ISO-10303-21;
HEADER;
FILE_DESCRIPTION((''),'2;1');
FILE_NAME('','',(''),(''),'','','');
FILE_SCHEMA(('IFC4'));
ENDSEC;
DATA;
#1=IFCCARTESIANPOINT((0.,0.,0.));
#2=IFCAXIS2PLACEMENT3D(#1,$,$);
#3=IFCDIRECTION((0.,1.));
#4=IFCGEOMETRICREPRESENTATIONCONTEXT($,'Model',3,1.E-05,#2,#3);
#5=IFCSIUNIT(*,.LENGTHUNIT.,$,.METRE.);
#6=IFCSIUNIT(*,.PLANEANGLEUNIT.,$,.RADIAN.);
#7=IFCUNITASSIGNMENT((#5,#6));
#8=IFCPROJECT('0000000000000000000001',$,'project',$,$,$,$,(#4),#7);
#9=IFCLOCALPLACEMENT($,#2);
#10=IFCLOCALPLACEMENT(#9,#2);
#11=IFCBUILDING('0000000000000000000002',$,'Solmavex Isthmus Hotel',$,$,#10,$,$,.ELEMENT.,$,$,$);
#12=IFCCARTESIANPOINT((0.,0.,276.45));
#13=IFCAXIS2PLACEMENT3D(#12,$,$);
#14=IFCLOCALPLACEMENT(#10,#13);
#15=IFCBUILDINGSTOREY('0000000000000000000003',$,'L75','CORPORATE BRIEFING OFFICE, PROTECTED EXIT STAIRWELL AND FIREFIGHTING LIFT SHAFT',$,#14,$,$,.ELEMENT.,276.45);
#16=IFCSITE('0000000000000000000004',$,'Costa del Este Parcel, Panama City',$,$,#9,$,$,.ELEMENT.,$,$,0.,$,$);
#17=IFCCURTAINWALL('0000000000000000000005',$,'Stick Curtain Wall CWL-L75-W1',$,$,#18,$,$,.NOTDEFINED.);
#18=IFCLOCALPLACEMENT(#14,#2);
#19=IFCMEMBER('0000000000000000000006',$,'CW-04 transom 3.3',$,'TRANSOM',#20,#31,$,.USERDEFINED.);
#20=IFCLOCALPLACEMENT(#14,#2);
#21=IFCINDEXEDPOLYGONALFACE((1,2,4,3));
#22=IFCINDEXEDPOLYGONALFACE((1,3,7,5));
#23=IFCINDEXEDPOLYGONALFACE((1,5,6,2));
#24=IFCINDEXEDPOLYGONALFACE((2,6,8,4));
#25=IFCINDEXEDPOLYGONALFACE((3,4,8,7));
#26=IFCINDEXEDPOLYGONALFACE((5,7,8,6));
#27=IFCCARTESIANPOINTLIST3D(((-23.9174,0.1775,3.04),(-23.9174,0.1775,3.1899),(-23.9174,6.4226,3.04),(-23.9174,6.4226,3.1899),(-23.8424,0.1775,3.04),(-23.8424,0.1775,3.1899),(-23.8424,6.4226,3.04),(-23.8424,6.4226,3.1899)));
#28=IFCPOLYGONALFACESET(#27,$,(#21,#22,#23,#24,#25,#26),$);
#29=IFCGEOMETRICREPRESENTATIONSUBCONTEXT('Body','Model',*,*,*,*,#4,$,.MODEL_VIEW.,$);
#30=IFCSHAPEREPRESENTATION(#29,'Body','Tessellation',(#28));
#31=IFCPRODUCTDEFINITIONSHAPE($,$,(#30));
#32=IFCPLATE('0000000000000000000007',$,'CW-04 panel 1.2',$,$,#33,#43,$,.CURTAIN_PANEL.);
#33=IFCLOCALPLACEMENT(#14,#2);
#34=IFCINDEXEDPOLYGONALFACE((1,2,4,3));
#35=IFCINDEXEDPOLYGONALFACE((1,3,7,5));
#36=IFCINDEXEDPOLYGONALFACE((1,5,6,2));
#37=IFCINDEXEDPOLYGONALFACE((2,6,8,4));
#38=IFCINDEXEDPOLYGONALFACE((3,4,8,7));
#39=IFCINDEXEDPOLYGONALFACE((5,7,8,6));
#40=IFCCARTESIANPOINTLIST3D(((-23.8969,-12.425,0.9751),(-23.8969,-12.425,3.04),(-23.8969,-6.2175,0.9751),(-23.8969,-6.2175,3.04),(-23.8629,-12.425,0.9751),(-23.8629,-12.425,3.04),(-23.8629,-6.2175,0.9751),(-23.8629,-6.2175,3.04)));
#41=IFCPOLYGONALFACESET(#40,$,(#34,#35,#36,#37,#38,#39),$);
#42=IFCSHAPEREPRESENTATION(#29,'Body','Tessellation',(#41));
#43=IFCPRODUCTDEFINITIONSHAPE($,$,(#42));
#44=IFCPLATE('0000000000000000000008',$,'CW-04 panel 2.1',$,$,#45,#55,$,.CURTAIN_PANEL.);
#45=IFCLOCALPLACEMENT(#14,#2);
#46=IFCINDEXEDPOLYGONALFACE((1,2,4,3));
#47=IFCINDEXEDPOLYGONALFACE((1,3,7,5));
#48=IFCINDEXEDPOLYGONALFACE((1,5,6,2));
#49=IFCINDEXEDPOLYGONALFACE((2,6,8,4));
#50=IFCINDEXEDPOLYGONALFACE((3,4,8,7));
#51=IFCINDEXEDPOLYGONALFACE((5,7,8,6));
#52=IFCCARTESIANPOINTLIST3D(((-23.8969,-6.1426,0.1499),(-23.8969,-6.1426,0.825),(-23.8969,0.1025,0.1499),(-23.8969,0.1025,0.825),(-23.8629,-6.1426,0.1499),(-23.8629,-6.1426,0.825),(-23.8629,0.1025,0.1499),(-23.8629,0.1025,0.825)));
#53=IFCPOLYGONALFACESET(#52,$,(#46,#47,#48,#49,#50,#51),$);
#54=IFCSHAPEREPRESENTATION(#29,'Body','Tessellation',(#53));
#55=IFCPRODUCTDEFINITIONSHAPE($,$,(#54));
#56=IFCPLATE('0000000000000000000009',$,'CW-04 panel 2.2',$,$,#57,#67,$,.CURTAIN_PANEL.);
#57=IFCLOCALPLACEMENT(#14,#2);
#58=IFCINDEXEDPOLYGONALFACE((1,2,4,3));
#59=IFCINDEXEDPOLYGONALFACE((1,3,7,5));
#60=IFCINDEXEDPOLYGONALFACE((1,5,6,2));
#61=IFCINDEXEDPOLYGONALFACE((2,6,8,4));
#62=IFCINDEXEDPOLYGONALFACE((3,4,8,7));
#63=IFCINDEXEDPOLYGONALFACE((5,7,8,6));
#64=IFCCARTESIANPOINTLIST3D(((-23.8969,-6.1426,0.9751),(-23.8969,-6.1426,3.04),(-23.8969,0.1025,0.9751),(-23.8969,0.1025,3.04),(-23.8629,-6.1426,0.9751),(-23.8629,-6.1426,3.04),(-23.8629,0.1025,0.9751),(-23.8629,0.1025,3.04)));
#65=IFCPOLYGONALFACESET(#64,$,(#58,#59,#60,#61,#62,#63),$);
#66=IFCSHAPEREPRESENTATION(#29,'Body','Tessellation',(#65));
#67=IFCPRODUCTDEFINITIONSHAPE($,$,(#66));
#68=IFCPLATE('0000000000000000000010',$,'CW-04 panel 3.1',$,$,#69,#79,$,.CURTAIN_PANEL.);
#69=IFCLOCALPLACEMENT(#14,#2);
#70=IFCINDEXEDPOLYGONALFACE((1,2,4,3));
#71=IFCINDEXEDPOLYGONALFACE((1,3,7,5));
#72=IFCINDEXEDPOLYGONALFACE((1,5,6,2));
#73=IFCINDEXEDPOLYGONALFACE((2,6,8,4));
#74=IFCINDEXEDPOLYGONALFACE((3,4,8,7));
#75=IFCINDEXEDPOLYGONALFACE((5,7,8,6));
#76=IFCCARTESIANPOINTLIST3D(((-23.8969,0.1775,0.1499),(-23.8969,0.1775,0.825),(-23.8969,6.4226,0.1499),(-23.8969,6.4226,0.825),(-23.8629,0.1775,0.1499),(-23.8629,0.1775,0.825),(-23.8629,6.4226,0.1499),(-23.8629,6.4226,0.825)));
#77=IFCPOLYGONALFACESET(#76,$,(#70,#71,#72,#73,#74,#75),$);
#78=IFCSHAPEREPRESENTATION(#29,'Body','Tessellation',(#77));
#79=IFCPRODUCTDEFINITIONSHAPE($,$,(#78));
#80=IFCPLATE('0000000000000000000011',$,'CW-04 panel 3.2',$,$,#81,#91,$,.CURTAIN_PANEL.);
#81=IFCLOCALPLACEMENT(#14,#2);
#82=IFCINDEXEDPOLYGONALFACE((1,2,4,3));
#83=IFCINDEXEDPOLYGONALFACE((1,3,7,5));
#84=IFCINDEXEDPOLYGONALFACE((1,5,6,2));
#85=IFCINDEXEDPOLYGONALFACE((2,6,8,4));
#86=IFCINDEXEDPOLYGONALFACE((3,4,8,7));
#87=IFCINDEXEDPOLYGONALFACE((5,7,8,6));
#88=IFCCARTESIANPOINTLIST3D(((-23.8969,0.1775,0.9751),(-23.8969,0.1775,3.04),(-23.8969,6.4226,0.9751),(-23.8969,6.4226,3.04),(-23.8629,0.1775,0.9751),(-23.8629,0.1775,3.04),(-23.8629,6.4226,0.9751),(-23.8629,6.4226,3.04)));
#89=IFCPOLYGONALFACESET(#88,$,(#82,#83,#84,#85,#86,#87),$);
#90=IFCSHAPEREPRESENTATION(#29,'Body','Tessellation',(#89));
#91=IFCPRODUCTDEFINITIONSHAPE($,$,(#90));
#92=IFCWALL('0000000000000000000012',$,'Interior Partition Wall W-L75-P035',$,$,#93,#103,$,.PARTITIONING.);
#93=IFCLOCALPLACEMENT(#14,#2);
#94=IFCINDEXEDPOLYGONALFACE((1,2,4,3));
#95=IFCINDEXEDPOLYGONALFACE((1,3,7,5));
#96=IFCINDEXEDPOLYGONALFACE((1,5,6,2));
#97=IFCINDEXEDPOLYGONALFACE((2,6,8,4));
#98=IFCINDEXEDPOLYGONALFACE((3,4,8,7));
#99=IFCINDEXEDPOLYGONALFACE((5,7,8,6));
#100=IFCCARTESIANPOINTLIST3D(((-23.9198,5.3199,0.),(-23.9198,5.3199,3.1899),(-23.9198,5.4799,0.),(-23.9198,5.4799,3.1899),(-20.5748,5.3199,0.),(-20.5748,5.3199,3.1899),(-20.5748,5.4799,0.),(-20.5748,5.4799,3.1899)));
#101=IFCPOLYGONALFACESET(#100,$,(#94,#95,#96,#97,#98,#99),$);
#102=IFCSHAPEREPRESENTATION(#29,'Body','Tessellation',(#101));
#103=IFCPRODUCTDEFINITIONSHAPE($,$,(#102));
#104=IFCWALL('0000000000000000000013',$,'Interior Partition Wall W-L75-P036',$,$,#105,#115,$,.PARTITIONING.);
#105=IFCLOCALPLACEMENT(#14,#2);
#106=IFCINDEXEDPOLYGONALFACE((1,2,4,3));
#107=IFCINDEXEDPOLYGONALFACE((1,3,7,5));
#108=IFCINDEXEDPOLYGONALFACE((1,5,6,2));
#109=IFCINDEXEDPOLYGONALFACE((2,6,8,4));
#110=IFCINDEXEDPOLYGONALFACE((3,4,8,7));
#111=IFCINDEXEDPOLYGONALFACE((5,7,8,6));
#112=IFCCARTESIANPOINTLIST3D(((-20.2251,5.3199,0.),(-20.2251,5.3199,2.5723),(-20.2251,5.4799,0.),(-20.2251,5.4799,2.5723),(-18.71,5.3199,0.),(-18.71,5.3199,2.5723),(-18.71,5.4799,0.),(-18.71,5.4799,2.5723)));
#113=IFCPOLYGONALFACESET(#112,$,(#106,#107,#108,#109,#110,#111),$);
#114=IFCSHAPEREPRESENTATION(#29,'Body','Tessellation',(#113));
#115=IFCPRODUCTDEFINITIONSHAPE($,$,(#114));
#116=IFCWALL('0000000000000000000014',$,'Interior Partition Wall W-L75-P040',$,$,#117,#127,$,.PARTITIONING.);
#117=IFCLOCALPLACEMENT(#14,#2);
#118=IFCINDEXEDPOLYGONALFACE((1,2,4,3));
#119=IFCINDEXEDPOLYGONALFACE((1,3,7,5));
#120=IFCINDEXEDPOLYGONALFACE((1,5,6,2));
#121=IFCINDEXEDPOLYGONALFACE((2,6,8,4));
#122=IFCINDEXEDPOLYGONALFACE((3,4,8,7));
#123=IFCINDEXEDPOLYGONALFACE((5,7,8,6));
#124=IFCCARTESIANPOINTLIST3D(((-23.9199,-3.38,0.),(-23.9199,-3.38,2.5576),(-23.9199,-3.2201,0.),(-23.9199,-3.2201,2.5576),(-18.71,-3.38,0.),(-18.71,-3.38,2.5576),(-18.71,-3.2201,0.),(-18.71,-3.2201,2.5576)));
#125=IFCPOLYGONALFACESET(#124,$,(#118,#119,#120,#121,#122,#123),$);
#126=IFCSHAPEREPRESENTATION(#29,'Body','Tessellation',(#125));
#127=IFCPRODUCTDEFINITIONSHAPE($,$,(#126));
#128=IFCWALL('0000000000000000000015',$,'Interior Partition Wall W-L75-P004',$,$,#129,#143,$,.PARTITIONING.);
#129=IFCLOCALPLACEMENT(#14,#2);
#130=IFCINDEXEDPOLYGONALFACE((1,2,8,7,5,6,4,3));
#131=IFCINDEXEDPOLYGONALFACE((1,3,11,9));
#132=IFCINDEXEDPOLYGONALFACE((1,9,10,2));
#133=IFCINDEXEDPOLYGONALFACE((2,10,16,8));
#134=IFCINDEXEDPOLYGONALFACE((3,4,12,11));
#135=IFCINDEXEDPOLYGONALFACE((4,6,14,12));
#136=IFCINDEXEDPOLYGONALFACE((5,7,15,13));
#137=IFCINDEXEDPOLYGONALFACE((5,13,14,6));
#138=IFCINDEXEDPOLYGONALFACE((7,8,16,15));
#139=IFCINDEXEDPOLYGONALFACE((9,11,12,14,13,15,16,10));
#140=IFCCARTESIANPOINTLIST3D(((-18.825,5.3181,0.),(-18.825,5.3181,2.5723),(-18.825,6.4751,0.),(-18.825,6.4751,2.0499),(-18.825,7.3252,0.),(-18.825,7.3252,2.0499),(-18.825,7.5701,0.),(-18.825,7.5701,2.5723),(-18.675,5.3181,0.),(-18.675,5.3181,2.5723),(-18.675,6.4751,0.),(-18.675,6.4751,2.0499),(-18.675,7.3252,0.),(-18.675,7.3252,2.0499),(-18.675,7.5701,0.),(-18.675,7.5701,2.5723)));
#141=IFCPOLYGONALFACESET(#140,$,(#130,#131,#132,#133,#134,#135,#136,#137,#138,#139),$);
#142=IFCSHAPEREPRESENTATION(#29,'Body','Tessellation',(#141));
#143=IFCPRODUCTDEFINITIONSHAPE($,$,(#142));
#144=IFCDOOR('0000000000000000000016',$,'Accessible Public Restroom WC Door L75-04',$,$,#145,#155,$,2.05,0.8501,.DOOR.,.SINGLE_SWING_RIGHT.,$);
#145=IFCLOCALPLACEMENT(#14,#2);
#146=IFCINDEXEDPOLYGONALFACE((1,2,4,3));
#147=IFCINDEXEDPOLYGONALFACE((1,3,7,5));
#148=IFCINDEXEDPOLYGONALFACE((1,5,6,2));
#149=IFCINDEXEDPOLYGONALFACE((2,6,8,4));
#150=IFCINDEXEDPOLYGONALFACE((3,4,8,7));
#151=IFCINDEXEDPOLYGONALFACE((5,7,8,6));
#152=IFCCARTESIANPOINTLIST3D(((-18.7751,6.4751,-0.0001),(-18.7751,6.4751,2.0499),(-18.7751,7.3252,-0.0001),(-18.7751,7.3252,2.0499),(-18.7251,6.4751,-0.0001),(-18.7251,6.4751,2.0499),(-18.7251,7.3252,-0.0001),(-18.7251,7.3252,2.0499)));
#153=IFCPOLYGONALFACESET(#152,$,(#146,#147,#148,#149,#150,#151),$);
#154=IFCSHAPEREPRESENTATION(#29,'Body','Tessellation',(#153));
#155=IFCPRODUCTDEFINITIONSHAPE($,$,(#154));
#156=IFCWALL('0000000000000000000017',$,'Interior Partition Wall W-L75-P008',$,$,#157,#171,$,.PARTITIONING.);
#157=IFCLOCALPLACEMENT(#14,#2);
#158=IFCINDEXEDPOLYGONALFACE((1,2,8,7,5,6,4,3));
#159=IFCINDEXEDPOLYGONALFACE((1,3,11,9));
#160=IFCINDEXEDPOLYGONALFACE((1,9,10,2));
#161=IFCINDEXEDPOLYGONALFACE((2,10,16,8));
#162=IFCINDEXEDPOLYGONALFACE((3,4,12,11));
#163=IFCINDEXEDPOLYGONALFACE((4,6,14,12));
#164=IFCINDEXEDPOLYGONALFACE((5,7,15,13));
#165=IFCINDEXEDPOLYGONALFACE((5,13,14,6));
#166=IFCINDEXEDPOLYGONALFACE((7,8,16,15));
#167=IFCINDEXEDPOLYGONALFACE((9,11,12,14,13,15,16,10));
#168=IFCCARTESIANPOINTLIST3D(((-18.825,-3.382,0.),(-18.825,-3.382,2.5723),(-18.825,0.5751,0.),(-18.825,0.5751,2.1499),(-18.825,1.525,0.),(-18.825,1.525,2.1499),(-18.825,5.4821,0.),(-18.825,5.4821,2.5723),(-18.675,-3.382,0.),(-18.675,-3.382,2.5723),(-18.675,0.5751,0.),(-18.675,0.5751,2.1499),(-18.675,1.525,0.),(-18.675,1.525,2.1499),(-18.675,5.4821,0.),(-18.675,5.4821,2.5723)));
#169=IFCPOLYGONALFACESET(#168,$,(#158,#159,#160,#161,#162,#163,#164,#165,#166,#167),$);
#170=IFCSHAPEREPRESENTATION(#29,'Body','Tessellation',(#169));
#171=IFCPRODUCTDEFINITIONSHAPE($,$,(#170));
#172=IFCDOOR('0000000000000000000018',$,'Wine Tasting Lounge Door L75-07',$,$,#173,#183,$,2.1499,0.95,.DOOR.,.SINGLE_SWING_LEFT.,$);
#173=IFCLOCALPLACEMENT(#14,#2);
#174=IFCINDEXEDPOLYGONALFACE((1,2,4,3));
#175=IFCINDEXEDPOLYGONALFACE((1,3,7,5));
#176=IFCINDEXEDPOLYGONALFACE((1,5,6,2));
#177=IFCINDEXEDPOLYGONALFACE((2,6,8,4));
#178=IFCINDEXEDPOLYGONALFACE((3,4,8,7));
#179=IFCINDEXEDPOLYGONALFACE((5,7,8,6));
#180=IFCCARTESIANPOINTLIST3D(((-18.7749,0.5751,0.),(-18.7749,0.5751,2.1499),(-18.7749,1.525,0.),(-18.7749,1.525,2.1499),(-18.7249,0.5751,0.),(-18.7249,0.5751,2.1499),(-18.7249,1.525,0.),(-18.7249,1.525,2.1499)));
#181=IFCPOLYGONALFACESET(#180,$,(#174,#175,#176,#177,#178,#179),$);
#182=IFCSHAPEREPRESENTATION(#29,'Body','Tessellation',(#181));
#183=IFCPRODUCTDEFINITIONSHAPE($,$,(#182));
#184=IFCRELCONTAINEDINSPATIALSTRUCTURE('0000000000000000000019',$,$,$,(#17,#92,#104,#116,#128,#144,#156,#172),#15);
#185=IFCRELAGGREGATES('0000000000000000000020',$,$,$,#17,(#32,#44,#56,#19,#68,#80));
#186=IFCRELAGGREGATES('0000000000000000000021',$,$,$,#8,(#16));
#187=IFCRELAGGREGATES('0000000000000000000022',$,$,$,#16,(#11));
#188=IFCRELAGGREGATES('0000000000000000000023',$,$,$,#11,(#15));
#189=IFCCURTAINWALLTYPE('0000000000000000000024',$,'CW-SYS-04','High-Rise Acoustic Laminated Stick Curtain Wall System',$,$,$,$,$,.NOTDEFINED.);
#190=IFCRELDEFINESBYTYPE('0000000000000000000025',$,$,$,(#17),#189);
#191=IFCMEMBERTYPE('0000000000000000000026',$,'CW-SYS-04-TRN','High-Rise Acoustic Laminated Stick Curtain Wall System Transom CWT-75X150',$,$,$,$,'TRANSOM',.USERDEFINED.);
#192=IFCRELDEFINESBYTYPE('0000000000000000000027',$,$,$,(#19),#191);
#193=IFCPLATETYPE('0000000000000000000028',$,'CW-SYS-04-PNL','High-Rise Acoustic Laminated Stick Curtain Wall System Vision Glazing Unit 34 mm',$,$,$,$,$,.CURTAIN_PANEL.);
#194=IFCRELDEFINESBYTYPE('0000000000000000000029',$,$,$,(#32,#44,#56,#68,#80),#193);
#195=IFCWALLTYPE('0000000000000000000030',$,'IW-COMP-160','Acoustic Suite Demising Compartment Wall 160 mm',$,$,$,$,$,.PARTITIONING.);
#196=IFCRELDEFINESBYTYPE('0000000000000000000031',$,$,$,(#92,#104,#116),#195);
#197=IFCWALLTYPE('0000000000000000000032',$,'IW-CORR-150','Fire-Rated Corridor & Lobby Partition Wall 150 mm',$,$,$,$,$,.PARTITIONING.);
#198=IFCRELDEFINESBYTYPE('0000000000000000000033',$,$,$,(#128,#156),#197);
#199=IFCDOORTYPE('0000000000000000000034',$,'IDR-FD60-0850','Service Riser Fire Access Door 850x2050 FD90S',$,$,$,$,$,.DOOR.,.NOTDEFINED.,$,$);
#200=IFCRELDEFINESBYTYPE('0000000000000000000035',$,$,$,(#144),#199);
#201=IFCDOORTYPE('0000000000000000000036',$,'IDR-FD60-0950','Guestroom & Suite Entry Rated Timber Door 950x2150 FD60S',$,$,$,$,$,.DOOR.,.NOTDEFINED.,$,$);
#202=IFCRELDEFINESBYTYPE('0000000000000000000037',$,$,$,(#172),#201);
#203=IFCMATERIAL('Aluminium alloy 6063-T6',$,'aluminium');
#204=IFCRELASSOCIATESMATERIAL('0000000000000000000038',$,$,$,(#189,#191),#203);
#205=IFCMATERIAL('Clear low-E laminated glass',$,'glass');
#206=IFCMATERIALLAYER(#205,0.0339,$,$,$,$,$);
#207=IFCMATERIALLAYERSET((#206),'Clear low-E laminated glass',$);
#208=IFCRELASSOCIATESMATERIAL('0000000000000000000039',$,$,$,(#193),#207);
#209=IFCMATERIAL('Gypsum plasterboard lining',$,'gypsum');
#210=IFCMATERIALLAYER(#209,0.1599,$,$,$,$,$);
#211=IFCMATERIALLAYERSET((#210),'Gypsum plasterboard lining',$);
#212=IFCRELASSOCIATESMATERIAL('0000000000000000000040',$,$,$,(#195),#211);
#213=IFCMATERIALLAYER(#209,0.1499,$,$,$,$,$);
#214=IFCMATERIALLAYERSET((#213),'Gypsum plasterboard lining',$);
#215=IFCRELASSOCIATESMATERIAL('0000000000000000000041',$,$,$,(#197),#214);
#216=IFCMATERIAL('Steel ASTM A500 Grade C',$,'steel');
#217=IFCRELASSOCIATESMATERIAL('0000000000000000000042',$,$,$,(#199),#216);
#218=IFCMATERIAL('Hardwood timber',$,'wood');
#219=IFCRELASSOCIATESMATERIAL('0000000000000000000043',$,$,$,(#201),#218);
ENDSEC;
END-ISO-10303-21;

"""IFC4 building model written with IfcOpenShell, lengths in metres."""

from ifc_helpers import new_model, si_unit, direction, frame, frame_2d, origin, origin_2d, place, context, subcontext, project, spatial, rectangle, extrude, material, layer, layer_set, material_profile, profile_set, type_object, element, fill, aggregate, save


model = new_model("IFC4")

# Units and contexts
model_context = context("Model", 3, precision=1e-05, world=origin(), true_north=direction((0.0, 1.0)))
body_context = subcontext(model_context, "Body", "Model", "MODEL_VIEW")
ifc_project = project(units=[si_unit("LENGTHUNIT", "METRE"), si_unit("PLANEANGLEUNIT", "RADIAN")], contexts=[model_context])

# Site, building, storey
site_placement = place(None, origin())
site = spatial("IfcSite", under=ifc_project, at=site_placement, Name="Costa del Este Parcel, Panama City", CompositionType="ELEMENT", RefElevation=0.0)
building_placement = place(site_placement, origin())
building = spatial("IfcBuilding", under=site, at=building_placement, Name="Solmavex Isthmus Hotel", CompositionType="ELEMENT")
storey_placement = place(building_placement, frame((0.0, 0.0, 276.45)))
storey = spatial("IfcBuildingStorey", under=building, at=storey_placement, Name="L75", Description="CORPORATE BRIEFING OFFICE, PROTECTED EXIT STAIRWELL AND FIREFIGHTING LIFT SHAFT", CompositionType="ELEMENT", Elevation=276.45)

# Curtain wall, member, plates
ifc_material_1 = material(Name="Aluminium alloy 6063-T6", Category="aluminium")
curtain_wall_type = type_object("IfcCurtainWallType", Name="CW-SYS-04", Description="High-Rise Acoustic Laminated Stick Curtain Wall System", PredefinedType="NOTDEFINED", material=ifc_material_1)
curtain_wall_placement = place(storey_placement, origin())
curtain_wall = element("IfcCurtainWall", 1, at=curtain_wall_placement, inside=storey, type_object=curtain_wall_type, Name="Stick Curtain Wall CWL-L75-W1", PredefinedType="NOTDEFINED")
ifc_material_profile_1 = material_profile(ifc_material_1, rectangle(XDim=0.075, YDim=0.1499, at=origin_2d()), Name="CWT-75X150")
ifc_profile_set_1 = profile_set([ifc_material_profile_1], Name="Aluminium alloy 6063-T6")
member_type_1 = type_object("IfcMemberType", Name="CW-SYS-04-TRN", Description="High-Rise Acoustic Laminated Stick Curtain Wall System Transom CWT-75X150", ElementType="TRANSOM", PredefinedType="USERDEFINED", material=ifc_profile_set_1)
member_1_placement = place(storey_placement, frame((-23.8799, 0.1775, 3.115), z_axis=(0.0, 1.0, 0.0), x_axis=(-1.0, 0.0, 0.0)))
member_1 = element("IfcMember", 2, at=member_1_placement, type_object=member_type_1, Name="CW-04 transom 3.3", ObjectType="TRANSOM", PredefinedType="USERDEFINED", context=body_context, shape_type="SweptSolid", body=[
    extrude(rectangle(XDim=0.075, YDim=0.1499, at=origin_2d()), origin(), (0.0, 0.0, 1.0), 6.2451),
])
ifc_material_2 = material(Name="Clear low-E laminated glass", Category="glass")
ifc_layer_1 = layer(ifc_material_2, 0.0339)
ifc_layer_set_1 = layer_set([ifc_layer_1], Name="Clear low-E laminated glass")
plate_type = type_object("IfcPlateType", Name="CW-SYS-04-PNL", Description="High-Rise Acoustic Laminated Stick Curtain Wall System Vision Glazing Unit 34 mm", PredefinedType="CURTAIN_PANEL", material=ifc_layer_set_1)
plate_1_placement = place(storey_placement, frame((-23.8799, -9.3213, 0.9751), z_axis=(0.0, 0.0, 1.0), x_axis=(0.0, 1.0, 0.0)))
plate_1 = element("IfcPlate", 3, at=plate_1_placement, type_object=plate_type, Name="CW-04 panel 1.2", PredefinedType="CURTAIN_PANEL", context=body_context, shape_type="SweptSolid", body=[
    extrude(rectangle(XDim=6.2075, YDim=0.0339, at=origin_2d()), origin(), (0.0, 0.0, 1.0), 2.0649),
])
plate_2_placement = place(storey_placement, frame((-23.8799, -3.02, 0.1499), z_axis=(0.0, 0.0, 1.0), x_axis=(0.0, 1.0, 0.0)))
plate_2 = element("IfcPlate", 4, at=plate_2_placement, type_object=plate_type, Name="CW-04 panel 2.1", PredefinedType="CURTAIN_PANEL", context=body_context, shape_type="SweptSolid", body=[
    extrude(rectangle(XDim=6.2451, YDim=0.0339, at=origin_2d()), origin(), (0.0, 0.0, 1.0), 0.675),
])
plate_3_placement = place(storey_placement, frame((-23.8799, -3.02, 0.9751), z_axis=(0.0, 0.0, 1.0), x_axis=(0.0, 1.0, 0.0)))
plate_3 = element("IfcPlate", 5, at=plate_3_placement, type_object=plate_type, Name="CW-04 panel 2.2", PredefinedType="CURTAIN_PANEL", context=body_context, shape_type="SweptSolid", body=[
    extrude(rectangle(XDim=6.2451, YDim=0.0339, at=origin_2d()), origin(), (0.0, 0.0, 1.0), 2.0649),
])
plate_4_placement = place(storey_placement, frame((-23.8799, 3.3, 0.1499), z_axis=(0.0, 0.0, 1.0), x_axis=(0.0, 1.0, 0.0)))
plate_4 = element("IfcPlate", 6, at=plate_4_placement, type_object=plate_type, Name="CW-04 panel 3.1", PredefinedType="CURTAIN_PANEL", context=body_context, shape_type="SweptSolid", body=[
    extrude(rectangle(XDim=6.2451, YDim=0.0339, at=origin_2d()), origin(), (0.0, 0.0, 1.0), 0.675),
])
plate_5_placement = place(storey_placement, frame((-23.8799, 3.3, 0.9751), z_axis=(0.0, 0.0, 1.0), x_axis=(0.0, 1.0, 0.0)))
plate_5 = element("IfcPlate", 7, at=plate_5_placement, type_object=plate_type, Name="CW-04 panel 3.2", PredefinedType="CURTAIN_PANEL", context=body_context, shape_type="SweptSolid", body=[
    extrude(rectangle(XDim=6.2451, YDim=0.0339, at=origin_2d()), origin(), (0.0, 0.0, 1.0), 2.0649),
])
aggregate(curtain_wall, [plate_1, plate_2, plate_3, member_1, plate_4, plate_5])

# Walls
ifc_material_3 = material(Name="Gypsum plasterboard lining", Category="gypsum")
ifc_layer_2 = layer(ifc_material_3, 0.1599)
ifc_layer_set_2 = layer_set([ifc_layer_2], Name="Gypsum plasterboard lining")
wall_type_1 = type_object("IfcWallType", Name="IW-COMP-160", Description="Acoustic Suite Demising Compartment Wall 160 mm", PredefinedType="PARTITIONING", material=ifc_layer_set_2)
wall_1_placement = place(storey_placement, frame((-20.575, 5.3999, 0.0), z_axis=(0.0, 0.0, 1.0), x_axis=(-1.0, 0.0, 0.0)))
element("IfcWall", 8, at=wall_1_placement, inside=storey, type_object=wall_type_1, Name="Interior Partition Wall W-L75-P035", PredefinedType="PARTITIONING", context=body_context, shape_type="SweptSolid", body=[
    extrude(rectangle(XDim=3.345, YDim=0.1599, at=frame_2d((1.6724, 0.0))), origin(), (0.0, 0.0, 1.0), 3.1899),
])
wall_2_placement = place(storey_placement, frame((-18.71, 5.3999, 0.0), z_axis=(0.0, 0.0, 1.0), x_axis=(-1.0, 0.0, 0.0)))
element("IfcWall", 9, at=wall_2_placement, inside=storey, type_object=wall_type_1, Name="Interior Partition Wall W-L75-P036", PredefinedType="PARTITIONING", context=body_context, shape_type="SweptSolid", body=[
    extrude(rectangle(XDim=1.5151, YDim=0.1599, at=frame_2d((0.7576, 0.0))), origin(), (0.0, 0.0, 1.0), 2.5723),
])
wall_3_placement = place(storey_placement, frame((-18.71, -3.3, 0.0), z_axis=(0.0, 0.0, 1.0), x_axis=(-1.0, 0.0, 0.0)))
element("IfcWall", 10, at=wall_3_placement, inside=storey, type_object=wall_type_1, Name="Interior Partition Wall W-L75-P040", PredefinedType="PARTITIONING", context=body_context, shape_type="SweptSolid", body=[
    extrude(rectangle(XDim=5.21, YDim=0.1599, at=frame_2d((2.605, 0.0))), origin(), (0.0, 0.0, 1.0), 2.5576),
])

# Walls, openings, doors
ifc_layer_3 = layer(ifc_material_3, 0.1499)
ifc_layer_set_3 = layer_set([ifc_layer_3], Name="Gypsum plasterboard lining")
wall_type_2 = type_object("IfcWallType", Name="IW-CORR-150", Description="Fire-Rated Corridor & Lobby Partition Wall 150 mm", PredefinedType="PARTITIONING", material=ifc_layer_set_3)
wall_4_placement = place(storey_placement, frame((-18.75, 5.3181, 0.0), z_axis=(0.0, 0.0, 1.0), x_axis=(0.0, 1.0, 0.0)))
wall_4 = element("IfcWall", 11, at=wall_4_placement, inside=storey, type_object=wall_type_2, Name="Interior Partition Wall W-L75-P004", PredefinedType="PARTITIONING", context=body_context, shape_type="SweptSolid", body=[
    extrude(rectangle(XDim=2.252, YDim=0.1499, at=frame_2d((1.126, 0.0))), origin(), (0.0, 0.0, 1.0), 2.5723),
])
opening_1_placement = place(wall_4_placement, frame((1.157, 0.0, 0.0)))
opening_1 = element("IfcOpeningElement", 12, at=opening_1_placement, cuts=wall_4, PredefinedType="OPENING", context=body_context, shape_type="SweptSolid", body=[
    extrude(rectangle(XDim=0.8501, YDim=2.05, at=frame_2d((0.425, 1.0249))), frame((0.0, 0.085, 0.0), z_axis=(0.0, -1.0, 0.0), x_axis=(1.0, 0.0, 0.0)), (0.0, 0.0, 1.0), 0.1699),
])
ifc_material_4 = material(Name="Steel ASTM A500 Grade C", Category="steel")
door_type_1 = type_object("IfcDoorType", Name="IDR-FD60-0850", Description="Service Riser Fire Access Door 850x2050 FD90S", OperationType="NOTDEFINED", PredefinedType="DOOR", material=ifc_material_4)
door_1_placement = place(opening_1_placement, frame((0.8501, 0.0, 0.0), z_axis=(0.0, 0.0, 1.0), x_axis=(-1.0, 0.0, 0.0)))
door_1 = element("IfcDoor", 13, at=door_1_placement, inside=storey, type_object=door_type_1, Name="Accessible Public Restroom WC Door L75-04", OperationType="SINGLE_SWING_RIGHT", OverallHeight=2.05, OverallWidth=0.8501, PredefinedType="DOOR", context=body_context, shape_type="SweptSolid", body=[
    extrude(rectangle(XDim=0.8501, YDim=2.05, at=frame_2d((0.425, 1.0249))), frame((0.0, 0.0249, 0.0), z_axis=(0.0, -1.0, 0.0), x_axis=(1.0, 0.0, 0.0)), (0.0, 0.0, 1.0), 0.05),
])
fill(opening_1, door_1)
wall_5_placement = place(storey_placement, frame((-18.75, -3.3821, 0.0), z_axis=(0.0, 0.0, 1.0), x_axis=(0.0, 1.0, 0.0)))
wall_5 = element("IfcWall", 14, at=wall_5_placement, inside=storey, type_object=wall_type_2, Name="Interior Partition Wall W-L75-P008", PredefinedType="PARTITIONING", context=body_context, shape_type="SweptSolid", body=[
    extrude(rectangle(XDim=8.864, YDim=0.1499, at=frame_2d((4.4321, 0.0))), origin(), (0.0, 0.0, 1.0), 2.5723),
])
opening_2_placement = place(wall_5_placement, frame((3.957, 0.0, 0.0)))
opening_2 = element("IfcOpeningElement", 15, at=opening_2_placement, cuts=wall_5, PredefinedType="OPENING", context=body_context, shape_type="SweptSolid", body=[
    extrude(rectangle(XDim=0.95, YDim=2.1499, at=frame_2d((0.4751, 1.075))), frame((0.0, 0.085, 0.0), z_axis=(0.0, -1.0, 0.0), x_axis=(1.0, 0.0, 0.0)), (0.0, 0.0, 1.0), 0.1699),
])
ifc_material_5 = material(Name="Hardwood timber", Category="wood")
door_type_2 = type_object("IfcDoorType", Name="IDR-FD60-0950", Description="Guestroom & Suite Entry Rated Timber Door 950x2150 FD60S", OperationType="NOTDEFINED", PredefinedType="DOOR", material=ifc_material_5)
door_2_placement = place(opening_2_placement, origin())
door_2 = element("IfcDoor", 16, at=door_2_placement, inside=storey, type_object=door_type_2, Name="Wine Tasting Lounge Door L75-07", OperationType="SINGLE_SWING_LEFT", OverallHeight=2.1499, OverallWidth=0.95, PredefinedType="DOOR", context=body_context, shape_type="SweptSolid", body=[
    extrude(rectangle(XDim=0.95, YDim=2.1499, at=frame_2d((0.4751, 1.075))), frame((0.0, 0.0249, 0.0), z_axis=(0.0, -1.0, 0.0), x_axis=(1.0, 0.0, 0.0)), (0.0, 0.0, 1.0), 0.05),
])
fill(opening_2, door_2)

save(model, "model.ifc")
